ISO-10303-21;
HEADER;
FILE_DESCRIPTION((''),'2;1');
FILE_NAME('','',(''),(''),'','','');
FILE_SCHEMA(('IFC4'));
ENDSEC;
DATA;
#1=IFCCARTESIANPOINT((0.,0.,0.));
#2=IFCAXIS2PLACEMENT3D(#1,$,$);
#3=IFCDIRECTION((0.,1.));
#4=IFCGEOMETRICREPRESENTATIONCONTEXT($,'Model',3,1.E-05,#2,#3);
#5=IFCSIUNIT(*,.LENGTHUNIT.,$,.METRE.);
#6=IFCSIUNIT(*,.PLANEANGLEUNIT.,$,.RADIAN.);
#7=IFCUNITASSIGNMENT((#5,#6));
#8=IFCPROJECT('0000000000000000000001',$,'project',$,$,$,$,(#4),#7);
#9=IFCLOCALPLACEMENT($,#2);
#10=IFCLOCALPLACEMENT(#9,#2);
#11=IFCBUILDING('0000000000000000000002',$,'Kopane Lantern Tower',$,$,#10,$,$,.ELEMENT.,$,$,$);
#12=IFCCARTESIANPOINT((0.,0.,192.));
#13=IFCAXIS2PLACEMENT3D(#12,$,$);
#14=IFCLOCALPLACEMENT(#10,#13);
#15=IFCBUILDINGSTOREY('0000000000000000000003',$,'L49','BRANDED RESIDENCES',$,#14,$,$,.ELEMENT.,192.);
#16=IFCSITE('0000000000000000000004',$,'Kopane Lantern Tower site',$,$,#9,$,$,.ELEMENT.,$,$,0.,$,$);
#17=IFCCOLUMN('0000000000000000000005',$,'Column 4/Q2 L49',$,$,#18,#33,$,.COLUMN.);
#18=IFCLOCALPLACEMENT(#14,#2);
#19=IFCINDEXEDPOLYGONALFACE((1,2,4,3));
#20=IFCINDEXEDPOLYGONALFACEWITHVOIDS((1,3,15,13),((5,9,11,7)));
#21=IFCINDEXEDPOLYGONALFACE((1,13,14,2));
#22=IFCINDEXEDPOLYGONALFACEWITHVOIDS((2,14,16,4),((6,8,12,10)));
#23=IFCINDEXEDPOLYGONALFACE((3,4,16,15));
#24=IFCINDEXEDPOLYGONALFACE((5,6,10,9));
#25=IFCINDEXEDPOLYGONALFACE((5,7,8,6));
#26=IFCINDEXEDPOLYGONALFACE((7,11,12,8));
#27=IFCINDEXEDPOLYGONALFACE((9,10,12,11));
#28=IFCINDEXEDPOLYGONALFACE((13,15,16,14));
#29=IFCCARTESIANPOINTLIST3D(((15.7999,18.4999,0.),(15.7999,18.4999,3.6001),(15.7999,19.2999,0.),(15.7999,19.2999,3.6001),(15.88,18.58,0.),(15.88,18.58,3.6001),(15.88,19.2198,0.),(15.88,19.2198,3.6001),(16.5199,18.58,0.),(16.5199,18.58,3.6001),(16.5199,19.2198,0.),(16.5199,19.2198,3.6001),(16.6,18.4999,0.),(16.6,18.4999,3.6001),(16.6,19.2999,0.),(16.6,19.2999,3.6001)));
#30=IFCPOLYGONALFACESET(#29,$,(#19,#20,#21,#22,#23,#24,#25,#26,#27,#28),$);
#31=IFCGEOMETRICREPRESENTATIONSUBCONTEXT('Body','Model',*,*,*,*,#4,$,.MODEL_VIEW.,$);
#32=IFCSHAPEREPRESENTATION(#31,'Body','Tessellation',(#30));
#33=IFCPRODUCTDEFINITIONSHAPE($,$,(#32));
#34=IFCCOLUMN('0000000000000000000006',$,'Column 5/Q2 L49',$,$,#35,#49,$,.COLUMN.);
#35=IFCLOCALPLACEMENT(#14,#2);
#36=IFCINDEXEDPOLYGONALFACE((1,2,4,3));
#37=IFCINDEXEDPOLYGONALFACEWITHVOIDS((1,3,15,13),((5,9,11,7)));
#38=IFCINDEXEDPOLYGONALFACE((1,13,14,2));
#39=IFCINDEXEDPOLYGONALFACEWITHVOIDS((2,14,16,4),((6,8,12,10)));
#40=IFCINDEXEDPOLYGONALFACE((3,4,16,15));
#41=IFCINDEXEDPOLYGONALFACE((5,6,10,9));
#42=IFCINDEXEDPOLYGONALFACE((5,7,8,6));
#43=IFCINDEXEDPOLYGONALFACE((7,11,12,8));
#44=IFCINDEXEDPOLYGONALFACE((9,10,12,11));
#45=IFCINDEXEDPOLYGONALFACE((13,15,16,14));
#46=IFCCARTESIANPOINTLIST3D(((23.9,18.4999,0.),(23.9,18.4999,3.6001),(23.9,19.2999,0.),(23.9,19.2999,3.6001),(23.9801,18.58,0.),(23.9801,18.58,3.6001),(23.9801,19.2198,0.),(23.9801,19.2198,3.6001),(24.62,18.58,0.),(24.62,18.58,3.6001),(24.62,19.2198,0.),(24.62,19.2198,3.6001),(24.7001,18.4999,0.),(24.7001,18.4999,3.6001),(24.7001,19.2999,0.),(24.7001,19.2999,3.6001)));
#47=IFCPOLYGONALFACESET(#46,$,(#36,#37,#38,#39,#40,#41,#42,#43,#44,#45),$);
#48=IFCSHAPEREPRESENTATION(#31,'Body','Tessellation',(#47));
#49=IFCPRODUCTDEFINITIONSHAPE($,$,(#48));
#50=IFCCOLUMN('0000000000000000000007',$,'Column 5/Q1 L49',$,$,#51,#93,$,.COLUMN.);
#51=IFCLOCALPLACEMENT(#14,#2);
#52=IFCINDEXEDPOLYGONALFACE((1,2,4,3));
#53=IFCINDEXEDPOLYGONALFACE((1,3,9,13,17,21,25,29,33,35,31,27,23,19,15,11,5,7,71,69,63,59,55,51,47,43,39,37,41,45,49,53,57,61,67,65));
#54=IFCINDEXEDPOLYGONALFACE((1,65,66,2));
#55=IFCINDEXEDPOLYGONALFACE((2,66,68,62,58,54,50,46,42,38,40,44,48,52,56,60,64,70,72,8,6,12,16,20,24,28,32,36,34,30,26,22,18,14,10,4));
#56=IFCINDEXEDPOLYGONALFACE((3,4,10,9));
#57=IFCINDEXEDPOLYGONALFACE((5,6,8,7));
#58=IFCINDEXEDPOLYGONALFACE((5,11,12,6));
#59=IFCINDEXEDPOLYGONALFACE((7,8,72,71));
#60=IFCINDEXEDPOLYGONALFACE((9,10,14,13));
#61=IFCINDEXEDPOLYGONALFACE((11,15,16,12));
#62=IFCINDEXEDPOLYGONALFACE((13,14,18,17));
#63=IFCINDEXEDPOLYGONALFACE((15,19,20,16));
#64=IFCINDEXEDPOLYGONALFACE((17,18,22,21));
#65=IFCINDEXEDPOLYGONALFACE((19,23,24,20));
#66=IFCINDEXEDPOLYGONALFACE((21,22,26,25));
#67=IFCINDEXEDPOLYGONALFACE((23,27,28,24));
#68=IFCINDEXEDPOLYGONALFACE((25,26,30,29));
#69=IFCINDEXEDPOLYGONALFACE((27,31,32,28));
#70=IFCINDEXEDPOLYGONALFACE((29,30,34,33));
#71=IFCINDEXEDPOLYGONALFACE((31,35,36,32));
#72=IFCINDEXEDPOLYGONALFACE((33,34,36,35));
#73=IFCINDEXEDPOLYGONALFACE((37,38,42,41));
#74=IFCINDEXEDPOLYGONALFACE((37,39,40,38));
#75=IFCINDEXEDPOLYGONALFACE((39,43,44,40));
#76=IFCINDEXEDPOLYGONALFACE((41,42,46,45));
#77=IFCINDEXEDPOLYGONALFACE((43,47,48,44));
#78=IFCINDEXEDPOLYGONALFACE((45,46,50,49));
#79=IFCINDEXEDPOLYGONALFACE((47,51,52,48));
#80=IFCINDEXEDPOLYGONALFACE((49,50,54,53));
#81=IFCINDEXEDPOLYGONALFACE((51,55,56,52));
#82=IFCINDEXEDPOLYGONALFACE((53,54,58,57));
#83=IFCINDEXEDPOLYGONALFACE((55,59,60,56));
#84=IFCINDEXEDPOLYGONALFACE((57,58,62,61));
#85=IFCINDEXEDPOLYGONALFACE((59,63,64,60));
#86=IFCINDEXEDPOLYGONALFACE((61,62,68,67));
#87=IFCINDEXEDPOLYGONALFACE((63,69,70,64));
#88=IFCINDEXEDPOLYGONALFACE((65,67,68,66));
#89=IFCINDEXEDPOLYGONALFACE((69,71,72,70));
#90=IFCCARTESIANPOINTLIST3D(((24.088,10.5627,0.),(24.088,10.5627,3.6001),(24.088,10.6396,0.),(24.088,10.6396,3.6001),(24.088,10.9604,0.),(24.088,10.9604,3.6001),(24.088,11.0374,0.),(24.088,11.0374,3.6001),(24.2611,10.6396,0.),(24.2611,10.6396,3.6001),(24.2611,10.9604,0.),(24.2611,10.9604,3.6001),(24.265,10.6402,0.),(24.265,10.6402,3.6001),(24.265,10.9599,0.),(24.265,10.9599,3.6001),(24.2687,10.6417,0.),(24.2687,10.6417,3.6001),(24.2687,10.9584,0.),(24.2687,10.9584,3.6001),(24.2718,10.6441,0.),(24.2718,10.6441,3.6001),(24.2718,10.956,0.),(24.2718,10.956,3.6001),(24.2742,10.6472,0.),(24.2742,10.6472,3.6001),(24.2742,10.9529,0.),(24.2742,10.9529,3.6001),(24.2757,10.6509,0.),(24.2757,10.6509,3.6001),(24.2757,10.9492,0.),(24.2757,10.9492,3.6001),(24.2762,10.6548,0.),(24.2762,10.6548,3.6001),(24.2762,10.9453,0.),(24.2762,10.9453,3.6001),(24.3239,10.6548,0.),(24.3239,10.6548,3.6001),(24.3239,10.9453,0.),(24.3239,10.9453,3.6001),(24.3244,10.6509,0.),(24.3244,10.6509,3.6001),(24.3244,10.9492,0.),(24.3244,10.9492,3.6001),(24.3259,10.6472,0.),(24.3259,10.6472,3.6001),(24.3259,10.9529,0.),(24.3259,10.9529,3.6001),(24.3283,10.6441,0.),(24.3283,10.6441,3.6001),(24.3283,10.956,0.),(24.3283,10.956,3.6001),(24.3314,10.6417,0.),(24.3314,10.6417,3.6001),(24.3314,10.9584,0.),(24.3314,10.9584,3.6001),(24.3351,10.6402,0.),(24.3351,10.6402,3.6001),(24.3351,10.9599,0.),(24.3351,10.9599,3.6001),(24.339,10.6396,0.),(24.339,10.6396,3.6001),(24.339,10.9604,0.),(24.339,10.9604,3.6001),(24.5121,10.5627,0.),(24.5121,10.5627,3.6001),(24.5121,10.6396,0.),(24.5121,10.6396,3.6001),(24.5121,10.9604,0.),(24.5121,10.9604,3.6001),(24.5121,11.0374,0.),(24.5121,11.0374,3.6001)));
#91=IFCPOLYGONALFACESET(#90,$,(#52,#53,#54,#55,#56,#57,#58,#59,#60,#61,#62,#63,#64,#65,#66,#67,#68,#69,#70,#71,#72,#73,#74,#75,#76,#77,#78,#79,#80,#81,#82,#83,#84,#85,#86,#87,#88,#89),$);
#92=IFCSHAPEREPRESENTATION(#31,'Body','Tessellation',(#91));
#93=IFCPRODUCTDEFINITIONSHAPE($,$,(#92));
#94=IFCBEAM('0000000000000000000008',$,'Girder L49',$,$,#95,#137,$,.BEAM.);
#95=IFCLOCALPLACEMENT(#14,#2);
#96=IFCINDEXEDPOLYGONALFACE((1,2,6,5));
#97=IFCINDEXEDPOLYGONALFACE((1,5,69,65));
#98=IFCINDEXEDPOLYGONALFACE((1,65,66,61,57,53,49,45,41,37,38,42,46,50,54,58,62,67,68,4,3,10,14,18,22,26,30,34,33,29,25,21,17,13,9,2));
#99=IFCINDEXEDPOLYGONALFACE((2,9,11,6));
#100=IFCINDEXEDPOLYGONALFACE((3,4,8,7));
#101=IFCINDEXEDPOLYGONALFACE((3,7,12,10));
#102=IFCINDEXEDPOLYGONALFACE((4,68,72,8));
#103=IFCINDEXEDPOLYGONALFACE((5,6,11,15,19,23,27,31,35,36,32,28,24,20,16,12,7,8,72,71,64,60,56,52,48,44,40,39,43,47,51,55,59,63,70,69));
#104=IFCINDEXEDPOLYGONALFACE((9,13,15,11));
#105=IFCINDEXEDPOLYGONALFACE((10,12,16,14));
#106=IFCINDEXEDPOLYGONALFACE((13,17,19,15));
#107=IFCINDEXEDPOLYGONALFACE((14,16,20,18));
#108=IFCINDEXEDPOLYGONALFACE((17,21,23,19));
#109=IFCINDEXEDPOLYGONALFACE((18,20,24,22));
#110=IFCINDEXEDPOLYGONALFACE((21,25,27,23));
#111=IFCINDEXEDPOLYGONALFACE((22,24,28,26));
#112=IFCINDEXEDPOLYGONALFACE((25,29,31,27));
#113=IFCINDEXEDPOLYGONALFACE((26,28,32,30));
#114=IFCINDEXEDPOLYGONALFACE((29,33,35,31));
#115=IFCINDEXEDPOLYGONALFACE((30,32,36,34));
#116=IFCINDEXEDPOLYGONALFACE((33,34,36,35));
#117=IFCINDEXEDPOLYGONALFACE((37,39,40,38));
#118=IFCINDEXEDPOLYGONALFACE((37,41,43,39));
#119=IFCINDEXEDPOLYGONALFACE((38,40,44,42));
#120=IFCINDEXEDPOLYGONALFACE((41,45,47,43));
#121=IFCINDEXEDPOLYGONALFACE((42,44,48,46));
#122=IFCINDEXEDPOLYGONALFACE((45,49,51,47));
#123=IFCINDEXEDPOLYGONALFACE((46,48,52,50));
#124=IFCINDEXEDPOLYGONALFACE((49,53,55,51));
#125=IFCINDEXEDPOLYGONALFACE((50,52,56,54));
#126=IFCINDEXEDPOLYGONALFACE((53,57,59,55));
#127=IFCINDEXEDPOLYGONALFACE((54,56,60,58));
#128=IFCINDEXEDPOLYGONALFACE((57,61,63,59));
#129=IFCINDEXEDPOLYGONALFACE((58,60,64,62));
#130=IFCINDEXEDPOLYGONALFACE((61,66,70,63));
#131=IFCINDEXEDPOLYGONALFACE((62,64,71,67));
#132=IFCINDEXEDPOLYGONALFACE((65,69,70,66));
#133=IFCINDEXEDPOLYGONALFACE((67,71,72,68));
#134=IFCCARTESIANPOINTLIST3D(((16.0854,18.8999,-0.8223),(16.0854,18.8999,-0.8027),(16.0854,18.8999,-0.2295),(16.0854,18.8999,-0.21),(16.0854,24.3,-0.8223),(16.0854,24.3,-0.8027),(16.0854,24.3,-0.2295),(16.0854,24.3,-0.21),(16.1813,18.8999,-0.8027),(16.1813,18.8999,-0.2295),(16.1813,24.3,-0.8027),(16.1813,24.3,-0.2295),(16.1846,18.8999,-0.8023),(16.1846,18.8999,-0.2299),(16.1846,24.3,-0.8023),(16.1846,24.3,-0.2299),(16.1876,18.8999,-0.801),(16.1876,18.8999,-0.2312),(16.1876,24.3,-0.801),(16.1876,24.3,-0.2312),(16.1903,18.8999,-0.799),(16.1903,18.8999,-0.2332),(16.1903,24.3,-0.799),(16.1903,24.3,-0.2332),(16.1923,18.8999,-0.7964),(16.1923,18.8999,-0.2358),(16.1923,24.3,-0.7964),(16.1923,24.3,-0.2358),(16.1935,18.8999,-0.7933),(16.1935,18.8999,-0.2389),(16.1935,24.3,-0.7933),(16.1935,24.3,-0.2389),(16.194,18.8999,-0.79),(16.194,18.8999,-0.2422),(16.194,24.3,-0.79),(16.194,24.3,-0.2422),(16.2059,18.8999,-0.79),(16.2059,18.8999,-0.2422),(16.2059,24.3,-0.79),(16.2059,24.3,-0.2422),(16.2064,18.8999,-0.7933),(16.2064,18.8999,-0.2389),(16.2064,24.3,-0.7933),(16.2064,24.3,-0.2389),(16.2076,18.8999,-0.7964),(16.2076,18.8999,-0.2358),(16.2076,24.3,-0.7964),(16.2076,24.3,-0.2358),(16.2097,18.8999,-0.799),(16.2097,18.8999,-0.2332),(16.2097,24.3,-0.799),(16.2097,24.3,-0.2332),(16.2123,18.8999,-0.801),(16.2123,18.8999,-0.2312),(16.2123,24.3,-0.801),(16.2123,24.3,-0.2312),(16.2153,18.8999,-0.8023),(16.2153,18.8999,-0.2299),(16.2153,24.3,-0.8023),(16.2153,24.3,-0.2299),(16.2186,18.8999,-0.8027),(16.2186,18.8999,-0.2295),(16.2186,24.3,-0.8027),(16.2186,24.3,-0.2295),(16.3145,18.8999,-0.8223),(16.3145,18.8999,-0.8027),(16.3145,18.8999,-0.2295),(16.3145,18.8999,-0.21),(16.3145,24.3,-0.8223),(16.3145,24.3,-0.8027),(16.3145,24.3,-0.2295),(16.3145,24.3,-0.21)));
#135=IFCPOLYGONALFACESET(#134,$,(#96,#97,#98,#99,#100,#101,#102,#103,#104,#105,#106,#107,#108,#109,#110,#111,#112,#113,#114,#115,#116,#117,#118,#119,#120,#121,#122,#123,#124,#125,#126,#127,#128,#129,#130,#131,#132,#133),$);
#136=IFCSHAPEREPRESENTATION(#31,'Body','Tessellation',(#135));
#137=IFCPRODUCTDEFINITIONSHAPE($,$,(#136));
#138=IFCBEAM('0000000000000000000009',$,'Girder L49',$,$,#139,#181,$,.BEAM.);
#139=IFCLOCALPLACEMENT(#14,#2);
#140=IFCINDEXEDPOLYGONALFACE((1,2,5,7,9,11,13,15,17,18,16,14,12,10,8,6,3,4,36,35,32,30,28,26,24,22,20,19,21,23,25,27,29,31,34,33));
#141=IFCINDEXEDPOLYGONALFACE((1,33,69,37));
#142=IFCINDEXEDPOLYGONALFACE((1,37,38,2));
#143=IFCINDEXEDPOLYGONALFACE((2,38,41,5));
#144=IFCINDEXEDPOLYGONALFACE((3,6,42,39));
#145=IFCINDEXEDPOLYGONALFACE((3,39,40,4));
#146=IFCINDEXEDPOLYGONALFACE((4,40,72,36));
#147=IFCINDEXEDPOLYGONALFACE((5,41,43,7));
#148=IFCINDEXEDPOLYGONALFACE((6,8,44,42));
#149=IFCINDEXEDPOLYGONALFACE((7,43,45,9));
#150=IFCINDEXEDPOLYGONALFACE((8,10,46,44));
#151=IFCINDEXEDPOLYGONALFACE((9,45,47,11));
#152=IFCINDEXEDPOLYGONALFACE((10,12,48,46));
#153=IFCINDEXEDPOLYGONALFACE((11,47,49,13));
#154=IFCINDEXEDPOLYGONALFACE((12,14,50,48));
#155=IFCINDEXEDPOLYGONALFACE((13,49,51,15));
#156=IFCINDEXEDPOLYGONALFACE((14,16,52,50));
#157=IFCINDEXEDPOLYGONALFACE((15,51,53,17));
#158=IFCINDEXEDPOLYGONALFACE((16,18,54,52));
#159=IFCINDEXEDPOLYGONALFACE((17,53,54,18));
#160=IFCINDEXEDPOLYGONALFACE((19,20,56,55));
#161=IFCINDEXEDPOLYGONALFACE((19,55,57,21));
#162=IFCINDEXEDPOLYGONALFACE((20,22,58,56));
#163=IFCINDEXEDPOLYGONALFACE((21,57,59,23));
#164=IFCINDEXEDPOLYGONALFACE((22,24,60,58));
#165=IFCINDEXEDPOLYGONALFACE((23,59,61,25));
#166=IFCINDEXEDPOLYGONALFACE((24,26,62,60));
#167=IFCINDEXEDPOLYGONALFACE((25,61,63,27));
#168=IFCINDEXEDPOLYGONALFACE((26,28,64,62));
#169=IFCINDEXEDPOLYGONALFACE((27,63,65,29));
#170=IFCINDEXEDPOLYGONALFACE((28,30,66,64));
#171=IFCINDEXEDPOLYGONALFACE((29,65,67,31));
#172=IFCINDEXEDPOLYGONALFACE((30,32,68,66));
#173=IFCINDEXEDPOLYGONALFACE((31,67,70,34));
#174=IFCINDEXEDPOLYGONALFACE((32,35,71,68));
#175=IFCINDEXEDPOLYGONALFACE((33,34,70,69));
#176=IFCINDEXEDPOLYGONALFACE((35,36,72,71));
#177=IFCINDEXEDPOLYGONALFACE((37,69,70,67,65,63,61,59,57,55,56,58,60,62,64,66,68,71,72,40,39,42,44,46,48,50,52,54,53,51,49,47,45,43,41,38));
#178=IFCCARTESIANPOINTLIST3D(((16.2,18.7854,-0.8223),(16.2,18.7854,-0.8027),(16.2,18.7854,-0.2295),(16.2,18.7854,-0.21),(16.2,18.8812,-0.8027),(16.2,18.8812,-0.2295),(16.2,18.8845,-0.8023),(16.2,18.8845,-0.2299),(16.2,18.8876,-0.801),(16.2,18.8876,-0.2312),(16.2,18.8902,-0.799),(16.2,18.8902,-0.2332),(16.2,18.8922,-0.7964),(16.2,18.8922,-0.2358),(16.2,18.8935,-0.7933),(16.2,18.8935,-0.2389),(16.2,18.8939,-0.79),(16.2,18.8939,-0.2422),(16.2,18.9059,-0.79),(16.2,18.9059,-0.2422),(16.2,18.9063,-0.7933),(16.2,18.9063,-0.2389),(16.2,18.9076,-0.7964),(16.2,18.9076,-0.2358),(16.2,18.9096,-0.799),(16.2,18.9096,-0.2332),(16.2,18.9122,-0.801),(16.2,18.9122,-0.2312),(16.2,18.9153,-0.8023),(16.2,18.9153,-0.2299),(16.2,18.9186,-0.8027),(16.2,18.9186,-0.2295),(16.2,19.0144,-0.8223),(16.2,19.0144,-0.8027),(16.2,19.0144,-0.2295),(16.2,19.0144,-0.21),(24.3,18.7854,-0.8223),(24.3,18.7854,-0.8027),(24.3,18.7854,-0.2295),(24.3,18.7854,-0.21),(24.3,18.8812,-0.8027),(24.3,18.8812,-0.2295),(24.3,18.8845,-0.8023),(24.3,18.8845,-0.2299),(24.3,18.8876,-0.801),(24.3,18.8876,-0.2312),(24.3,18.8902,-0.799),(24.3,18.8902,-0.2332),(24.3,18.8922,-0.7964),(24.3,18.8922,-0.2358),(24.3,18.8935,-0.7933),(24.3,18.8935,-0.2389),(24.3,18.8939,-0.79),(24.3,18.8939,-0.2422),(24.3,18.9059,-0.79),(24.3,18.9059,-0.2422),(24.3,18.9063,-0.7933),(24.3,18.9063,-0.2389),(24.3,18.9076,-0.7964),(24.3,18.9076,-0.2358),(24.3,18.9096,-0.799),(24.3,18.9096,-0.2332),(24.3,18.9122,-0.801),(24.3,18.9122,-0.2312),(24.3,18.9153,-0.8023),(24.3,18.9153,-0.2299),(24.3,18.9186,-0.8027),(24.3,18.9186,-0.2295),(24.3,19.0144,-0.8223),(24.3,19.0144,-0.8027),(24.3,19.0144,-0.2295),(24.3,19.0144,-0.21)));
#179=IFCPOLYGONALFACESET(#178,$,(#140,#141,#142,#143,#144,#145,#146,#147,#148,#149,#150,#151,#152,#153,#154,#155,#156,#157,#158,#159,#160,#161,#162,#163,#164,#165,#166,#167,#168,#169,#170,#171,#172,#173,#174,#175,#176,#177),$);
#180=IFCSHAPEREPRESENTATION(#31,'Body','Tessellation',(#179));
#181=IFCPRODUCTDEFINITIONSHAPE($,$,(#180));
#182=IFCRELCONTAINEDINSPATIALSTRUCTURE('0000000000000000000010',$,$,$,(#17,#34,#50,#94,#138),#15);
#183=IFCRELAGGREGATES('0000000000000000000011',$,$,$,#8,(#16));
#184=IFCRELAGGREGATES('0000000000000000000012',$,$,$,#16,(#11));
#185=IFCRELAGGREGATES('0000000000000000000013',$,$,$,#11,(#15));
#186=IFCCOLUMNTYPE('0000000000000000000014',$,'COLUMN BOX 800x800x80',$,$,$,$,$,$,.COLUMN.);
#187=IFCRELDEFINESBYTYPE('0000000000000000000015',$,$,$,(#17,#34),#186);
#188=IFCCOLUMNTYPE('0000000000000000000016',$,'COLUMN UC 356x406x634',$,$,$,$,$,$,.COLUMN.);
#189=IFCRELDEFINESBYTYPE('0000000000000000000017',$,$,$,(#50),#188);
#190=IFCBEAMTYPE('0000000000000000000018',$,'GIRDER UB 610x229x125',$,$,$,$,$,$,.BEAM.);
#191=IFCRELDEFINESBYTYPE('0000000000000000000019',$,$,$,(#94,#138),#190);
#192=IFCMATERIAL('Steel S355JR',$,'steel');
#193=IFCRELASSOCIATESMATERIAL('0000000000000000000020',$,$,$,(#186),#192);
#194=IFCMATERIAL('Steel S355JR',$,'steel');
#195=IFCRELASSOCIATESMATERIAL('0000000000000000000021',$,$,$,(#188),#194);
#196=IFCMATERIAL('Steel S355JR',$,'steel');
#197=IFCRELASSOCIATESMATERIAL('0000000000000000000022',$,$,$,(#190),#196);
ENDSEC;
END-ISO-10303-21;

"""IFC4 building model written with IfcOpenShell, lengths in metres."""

from ifc_helpers import new_model, si_unit, direction, frame, origin, origin_2d, place, context, subcontext, project, spatial, hollow_rectangle, i_section, extrude, material, material_profile, profile_set, type_object, element, save


model = new_model("IFC4")

# Units and contexts
model_context = context("Model", 3, precision=1e-05, world=origin(), true_north=direction((0.0, 1.0)))
body_context = subcontext(model_context, "Body", "Model", "MODEL_VIEW")
ifc_project = project(units=[si_unit("LENGTHUNIT", "METRE"), si_unit("PLANEANGLEUNIT", "RADIAN")], contexts=[model_context])

# Site, building, storey
site_placement = place(None, origin())
site = spatial("IfcSite", under=ifc_project, at=site_placement, Name="Kopane Lantern Tower site", CompositionType="ELEMENT", RefElevation=0.0)
building_placement = place(site_placement, origin())
building = spatial("IfcBuilding", under=site, at=building_placement, Name="Kopane Lantern Tower", CompositionType="ELEMENT")
storey_placement = place(building_placement, frame((0.0, 0.0, 192.0)))
storey = spatial("IfcBuildingStorey", under=building, at=storey_placement, Name="L49", Description="BRANDED RESIDENCES", CompositionType="ELEMENT", Elevation=192.0)

# Columns
ifc_material_1 = material(Name="Steel S355JR", Category="steel")
ifc_material_profile_1 = material_profile(ifc_material_1, hollow_rectangle(XDim=0.8, YDim=0.8, WallThickness=0.0801, at=origin_2d()), Name="BOX 800x800x80")
ifc_profile_set_1 = profile_set([ifc_material_profile_1], Name="Steel S355JR")
column_type_1 = type_object("IfcColumnType", Name="COLUMN BOX 800x800x80", PredefinedType="COLUMN", material=ifc_profile_set_1)
for number, where, z_axis, x_axis, name in (
    (1, (16.2, 18.8999, 0.0), (0.0, 0.0, 1.0), (1.0, 0.0, 0.0), "Column 4/Q2 L49"),
    (2, (24.3, 18.8999, 0.0), (0.0, 0.0, 1.0), (1.0, 0.0, 0.0), "Column 5/Q2 L49"),
):
    element("IfcColumn", number, at=place(storey_placement, frame(where, z_axis=z_axis, x_axis=x_axis)), inside=storey, type_object=column_type_1, Name=name, PredefinedType="COLUMN", context=body_context, shape_type="SweptSolid", body=[
        extrude(hollow_rectangle(XDim=0.8, YDim=0.8, WallThickness=0.0801, at=origin_2d()), origin(), (0.0, 0.0, 1.0), 3.6001),
    ])
ifc_material_2 = material(Name="Steel S355JR", Category="steel")
ifc_material_profile_2 = material_profile(ifc_material_2, i_section(OverallWidth=0.4241, OverallDepth=0.4746, WebThickness=0.0476, FlangeThickness=0.0769, FilletRadius=0.0151, at=origin_2d()), Name="UC 356x406x634")
ifc_profile_set_2 = profile_set([ifc_material_profile_2], Name="Steel S355JR")
column_type_2 = type_object("IfcColumnType", Name="COLUMN UC 356x406x634", PredefinedType="COLUMN", material=ifc_profile_set_2)
column_placement = place(storey_placement, frame((24.3, 10.8, 0.0), z_axis=(0.0, 0.0, 1.0), x_axis=(1.0, 0.0, 0.0)))
element("IfcColumn", 3, at=column_placement, inside=storey, type_object=column_type_2, Name="Column 5/Q1 L49", PredefinedType="COLUMN", context=body_context, shape_type="SweptSolid", body=[
    extrude(i_section(OverallWidth=0.4241, OverallDepth=0.4746, WebThickness=0.0476, FlangeThickness=0.0769, FilletRadius=0.0151, at=origin_2d()), origin(), (0.0, 0.0, 1.0), 3.6001),
])

# Beams
ifc_material_3 = material(Name="Steel S355JR", Category="steel")
ifc_material_profile_3 = material_profile(ifc_material_3, i_section(OverallWidth=0.229, OverallDepth=0.6123, WebThickness=0.012, FlangeThickness=0.0195, FilletRadius=0.0127, at=origin_2d()), Name="UB 610x229x125")
ifc_profile_set_3 = profile_set([ifc_material_profile_3], Name="Steel S355JR")
beam_type = type_object("IfcBeamType", Name="GIRDER UB 610x229x125", PredefinedType="BEAM", material=ifc_profile_set_3)
beam_1_placement = place(storey_placement, frame((16.2, 18.8999, -0.5161), z_axis=(0.0, 1.0, 0.0), x_axis=(-1.0, 0.0, 0.0)))
element("IfcBeam", 4, at=beam_1_placement, inside=storey, type_object=beam_type, Name="Girder L49", PredefinedType="BEAM", context=body_context, shape_type="SweptSolid", body=[
    extrude(i_section(OverallWidth=0.229, OverallDepth=0.6123, WebThickness=0.012, FlangeThickness=0.0195, FilletRadius=0.0127, at=origin_2d()), origin(), (0.0, 0.0, 1.0), 5.4001),
])
beam_2_placement = place(storey_placement, frame((16.2, 18.8999, -0.5161), z_axis=(1.0, 0.0, 0.0), x_axis=(0.0, 1.0, 0.0)))
element("IfcBeam", 5, at=beam_2_placement, inside=storey, type_object=beam_type, Name="Girder L49", PredefinedType="BEAM", context=body_context, shape_type="SweptSolid", body=[
    extrude(i_section(OverallWidth=0.229, OverallDepth=0.6123, WebThickness=0.012, FlangeThickness=0.0195, FilletRadius=0.0127, at=origin_2d()), origin(), (0.0, 0.0, 1.0), 8.1001),
])

save(model, "model.ifc")
